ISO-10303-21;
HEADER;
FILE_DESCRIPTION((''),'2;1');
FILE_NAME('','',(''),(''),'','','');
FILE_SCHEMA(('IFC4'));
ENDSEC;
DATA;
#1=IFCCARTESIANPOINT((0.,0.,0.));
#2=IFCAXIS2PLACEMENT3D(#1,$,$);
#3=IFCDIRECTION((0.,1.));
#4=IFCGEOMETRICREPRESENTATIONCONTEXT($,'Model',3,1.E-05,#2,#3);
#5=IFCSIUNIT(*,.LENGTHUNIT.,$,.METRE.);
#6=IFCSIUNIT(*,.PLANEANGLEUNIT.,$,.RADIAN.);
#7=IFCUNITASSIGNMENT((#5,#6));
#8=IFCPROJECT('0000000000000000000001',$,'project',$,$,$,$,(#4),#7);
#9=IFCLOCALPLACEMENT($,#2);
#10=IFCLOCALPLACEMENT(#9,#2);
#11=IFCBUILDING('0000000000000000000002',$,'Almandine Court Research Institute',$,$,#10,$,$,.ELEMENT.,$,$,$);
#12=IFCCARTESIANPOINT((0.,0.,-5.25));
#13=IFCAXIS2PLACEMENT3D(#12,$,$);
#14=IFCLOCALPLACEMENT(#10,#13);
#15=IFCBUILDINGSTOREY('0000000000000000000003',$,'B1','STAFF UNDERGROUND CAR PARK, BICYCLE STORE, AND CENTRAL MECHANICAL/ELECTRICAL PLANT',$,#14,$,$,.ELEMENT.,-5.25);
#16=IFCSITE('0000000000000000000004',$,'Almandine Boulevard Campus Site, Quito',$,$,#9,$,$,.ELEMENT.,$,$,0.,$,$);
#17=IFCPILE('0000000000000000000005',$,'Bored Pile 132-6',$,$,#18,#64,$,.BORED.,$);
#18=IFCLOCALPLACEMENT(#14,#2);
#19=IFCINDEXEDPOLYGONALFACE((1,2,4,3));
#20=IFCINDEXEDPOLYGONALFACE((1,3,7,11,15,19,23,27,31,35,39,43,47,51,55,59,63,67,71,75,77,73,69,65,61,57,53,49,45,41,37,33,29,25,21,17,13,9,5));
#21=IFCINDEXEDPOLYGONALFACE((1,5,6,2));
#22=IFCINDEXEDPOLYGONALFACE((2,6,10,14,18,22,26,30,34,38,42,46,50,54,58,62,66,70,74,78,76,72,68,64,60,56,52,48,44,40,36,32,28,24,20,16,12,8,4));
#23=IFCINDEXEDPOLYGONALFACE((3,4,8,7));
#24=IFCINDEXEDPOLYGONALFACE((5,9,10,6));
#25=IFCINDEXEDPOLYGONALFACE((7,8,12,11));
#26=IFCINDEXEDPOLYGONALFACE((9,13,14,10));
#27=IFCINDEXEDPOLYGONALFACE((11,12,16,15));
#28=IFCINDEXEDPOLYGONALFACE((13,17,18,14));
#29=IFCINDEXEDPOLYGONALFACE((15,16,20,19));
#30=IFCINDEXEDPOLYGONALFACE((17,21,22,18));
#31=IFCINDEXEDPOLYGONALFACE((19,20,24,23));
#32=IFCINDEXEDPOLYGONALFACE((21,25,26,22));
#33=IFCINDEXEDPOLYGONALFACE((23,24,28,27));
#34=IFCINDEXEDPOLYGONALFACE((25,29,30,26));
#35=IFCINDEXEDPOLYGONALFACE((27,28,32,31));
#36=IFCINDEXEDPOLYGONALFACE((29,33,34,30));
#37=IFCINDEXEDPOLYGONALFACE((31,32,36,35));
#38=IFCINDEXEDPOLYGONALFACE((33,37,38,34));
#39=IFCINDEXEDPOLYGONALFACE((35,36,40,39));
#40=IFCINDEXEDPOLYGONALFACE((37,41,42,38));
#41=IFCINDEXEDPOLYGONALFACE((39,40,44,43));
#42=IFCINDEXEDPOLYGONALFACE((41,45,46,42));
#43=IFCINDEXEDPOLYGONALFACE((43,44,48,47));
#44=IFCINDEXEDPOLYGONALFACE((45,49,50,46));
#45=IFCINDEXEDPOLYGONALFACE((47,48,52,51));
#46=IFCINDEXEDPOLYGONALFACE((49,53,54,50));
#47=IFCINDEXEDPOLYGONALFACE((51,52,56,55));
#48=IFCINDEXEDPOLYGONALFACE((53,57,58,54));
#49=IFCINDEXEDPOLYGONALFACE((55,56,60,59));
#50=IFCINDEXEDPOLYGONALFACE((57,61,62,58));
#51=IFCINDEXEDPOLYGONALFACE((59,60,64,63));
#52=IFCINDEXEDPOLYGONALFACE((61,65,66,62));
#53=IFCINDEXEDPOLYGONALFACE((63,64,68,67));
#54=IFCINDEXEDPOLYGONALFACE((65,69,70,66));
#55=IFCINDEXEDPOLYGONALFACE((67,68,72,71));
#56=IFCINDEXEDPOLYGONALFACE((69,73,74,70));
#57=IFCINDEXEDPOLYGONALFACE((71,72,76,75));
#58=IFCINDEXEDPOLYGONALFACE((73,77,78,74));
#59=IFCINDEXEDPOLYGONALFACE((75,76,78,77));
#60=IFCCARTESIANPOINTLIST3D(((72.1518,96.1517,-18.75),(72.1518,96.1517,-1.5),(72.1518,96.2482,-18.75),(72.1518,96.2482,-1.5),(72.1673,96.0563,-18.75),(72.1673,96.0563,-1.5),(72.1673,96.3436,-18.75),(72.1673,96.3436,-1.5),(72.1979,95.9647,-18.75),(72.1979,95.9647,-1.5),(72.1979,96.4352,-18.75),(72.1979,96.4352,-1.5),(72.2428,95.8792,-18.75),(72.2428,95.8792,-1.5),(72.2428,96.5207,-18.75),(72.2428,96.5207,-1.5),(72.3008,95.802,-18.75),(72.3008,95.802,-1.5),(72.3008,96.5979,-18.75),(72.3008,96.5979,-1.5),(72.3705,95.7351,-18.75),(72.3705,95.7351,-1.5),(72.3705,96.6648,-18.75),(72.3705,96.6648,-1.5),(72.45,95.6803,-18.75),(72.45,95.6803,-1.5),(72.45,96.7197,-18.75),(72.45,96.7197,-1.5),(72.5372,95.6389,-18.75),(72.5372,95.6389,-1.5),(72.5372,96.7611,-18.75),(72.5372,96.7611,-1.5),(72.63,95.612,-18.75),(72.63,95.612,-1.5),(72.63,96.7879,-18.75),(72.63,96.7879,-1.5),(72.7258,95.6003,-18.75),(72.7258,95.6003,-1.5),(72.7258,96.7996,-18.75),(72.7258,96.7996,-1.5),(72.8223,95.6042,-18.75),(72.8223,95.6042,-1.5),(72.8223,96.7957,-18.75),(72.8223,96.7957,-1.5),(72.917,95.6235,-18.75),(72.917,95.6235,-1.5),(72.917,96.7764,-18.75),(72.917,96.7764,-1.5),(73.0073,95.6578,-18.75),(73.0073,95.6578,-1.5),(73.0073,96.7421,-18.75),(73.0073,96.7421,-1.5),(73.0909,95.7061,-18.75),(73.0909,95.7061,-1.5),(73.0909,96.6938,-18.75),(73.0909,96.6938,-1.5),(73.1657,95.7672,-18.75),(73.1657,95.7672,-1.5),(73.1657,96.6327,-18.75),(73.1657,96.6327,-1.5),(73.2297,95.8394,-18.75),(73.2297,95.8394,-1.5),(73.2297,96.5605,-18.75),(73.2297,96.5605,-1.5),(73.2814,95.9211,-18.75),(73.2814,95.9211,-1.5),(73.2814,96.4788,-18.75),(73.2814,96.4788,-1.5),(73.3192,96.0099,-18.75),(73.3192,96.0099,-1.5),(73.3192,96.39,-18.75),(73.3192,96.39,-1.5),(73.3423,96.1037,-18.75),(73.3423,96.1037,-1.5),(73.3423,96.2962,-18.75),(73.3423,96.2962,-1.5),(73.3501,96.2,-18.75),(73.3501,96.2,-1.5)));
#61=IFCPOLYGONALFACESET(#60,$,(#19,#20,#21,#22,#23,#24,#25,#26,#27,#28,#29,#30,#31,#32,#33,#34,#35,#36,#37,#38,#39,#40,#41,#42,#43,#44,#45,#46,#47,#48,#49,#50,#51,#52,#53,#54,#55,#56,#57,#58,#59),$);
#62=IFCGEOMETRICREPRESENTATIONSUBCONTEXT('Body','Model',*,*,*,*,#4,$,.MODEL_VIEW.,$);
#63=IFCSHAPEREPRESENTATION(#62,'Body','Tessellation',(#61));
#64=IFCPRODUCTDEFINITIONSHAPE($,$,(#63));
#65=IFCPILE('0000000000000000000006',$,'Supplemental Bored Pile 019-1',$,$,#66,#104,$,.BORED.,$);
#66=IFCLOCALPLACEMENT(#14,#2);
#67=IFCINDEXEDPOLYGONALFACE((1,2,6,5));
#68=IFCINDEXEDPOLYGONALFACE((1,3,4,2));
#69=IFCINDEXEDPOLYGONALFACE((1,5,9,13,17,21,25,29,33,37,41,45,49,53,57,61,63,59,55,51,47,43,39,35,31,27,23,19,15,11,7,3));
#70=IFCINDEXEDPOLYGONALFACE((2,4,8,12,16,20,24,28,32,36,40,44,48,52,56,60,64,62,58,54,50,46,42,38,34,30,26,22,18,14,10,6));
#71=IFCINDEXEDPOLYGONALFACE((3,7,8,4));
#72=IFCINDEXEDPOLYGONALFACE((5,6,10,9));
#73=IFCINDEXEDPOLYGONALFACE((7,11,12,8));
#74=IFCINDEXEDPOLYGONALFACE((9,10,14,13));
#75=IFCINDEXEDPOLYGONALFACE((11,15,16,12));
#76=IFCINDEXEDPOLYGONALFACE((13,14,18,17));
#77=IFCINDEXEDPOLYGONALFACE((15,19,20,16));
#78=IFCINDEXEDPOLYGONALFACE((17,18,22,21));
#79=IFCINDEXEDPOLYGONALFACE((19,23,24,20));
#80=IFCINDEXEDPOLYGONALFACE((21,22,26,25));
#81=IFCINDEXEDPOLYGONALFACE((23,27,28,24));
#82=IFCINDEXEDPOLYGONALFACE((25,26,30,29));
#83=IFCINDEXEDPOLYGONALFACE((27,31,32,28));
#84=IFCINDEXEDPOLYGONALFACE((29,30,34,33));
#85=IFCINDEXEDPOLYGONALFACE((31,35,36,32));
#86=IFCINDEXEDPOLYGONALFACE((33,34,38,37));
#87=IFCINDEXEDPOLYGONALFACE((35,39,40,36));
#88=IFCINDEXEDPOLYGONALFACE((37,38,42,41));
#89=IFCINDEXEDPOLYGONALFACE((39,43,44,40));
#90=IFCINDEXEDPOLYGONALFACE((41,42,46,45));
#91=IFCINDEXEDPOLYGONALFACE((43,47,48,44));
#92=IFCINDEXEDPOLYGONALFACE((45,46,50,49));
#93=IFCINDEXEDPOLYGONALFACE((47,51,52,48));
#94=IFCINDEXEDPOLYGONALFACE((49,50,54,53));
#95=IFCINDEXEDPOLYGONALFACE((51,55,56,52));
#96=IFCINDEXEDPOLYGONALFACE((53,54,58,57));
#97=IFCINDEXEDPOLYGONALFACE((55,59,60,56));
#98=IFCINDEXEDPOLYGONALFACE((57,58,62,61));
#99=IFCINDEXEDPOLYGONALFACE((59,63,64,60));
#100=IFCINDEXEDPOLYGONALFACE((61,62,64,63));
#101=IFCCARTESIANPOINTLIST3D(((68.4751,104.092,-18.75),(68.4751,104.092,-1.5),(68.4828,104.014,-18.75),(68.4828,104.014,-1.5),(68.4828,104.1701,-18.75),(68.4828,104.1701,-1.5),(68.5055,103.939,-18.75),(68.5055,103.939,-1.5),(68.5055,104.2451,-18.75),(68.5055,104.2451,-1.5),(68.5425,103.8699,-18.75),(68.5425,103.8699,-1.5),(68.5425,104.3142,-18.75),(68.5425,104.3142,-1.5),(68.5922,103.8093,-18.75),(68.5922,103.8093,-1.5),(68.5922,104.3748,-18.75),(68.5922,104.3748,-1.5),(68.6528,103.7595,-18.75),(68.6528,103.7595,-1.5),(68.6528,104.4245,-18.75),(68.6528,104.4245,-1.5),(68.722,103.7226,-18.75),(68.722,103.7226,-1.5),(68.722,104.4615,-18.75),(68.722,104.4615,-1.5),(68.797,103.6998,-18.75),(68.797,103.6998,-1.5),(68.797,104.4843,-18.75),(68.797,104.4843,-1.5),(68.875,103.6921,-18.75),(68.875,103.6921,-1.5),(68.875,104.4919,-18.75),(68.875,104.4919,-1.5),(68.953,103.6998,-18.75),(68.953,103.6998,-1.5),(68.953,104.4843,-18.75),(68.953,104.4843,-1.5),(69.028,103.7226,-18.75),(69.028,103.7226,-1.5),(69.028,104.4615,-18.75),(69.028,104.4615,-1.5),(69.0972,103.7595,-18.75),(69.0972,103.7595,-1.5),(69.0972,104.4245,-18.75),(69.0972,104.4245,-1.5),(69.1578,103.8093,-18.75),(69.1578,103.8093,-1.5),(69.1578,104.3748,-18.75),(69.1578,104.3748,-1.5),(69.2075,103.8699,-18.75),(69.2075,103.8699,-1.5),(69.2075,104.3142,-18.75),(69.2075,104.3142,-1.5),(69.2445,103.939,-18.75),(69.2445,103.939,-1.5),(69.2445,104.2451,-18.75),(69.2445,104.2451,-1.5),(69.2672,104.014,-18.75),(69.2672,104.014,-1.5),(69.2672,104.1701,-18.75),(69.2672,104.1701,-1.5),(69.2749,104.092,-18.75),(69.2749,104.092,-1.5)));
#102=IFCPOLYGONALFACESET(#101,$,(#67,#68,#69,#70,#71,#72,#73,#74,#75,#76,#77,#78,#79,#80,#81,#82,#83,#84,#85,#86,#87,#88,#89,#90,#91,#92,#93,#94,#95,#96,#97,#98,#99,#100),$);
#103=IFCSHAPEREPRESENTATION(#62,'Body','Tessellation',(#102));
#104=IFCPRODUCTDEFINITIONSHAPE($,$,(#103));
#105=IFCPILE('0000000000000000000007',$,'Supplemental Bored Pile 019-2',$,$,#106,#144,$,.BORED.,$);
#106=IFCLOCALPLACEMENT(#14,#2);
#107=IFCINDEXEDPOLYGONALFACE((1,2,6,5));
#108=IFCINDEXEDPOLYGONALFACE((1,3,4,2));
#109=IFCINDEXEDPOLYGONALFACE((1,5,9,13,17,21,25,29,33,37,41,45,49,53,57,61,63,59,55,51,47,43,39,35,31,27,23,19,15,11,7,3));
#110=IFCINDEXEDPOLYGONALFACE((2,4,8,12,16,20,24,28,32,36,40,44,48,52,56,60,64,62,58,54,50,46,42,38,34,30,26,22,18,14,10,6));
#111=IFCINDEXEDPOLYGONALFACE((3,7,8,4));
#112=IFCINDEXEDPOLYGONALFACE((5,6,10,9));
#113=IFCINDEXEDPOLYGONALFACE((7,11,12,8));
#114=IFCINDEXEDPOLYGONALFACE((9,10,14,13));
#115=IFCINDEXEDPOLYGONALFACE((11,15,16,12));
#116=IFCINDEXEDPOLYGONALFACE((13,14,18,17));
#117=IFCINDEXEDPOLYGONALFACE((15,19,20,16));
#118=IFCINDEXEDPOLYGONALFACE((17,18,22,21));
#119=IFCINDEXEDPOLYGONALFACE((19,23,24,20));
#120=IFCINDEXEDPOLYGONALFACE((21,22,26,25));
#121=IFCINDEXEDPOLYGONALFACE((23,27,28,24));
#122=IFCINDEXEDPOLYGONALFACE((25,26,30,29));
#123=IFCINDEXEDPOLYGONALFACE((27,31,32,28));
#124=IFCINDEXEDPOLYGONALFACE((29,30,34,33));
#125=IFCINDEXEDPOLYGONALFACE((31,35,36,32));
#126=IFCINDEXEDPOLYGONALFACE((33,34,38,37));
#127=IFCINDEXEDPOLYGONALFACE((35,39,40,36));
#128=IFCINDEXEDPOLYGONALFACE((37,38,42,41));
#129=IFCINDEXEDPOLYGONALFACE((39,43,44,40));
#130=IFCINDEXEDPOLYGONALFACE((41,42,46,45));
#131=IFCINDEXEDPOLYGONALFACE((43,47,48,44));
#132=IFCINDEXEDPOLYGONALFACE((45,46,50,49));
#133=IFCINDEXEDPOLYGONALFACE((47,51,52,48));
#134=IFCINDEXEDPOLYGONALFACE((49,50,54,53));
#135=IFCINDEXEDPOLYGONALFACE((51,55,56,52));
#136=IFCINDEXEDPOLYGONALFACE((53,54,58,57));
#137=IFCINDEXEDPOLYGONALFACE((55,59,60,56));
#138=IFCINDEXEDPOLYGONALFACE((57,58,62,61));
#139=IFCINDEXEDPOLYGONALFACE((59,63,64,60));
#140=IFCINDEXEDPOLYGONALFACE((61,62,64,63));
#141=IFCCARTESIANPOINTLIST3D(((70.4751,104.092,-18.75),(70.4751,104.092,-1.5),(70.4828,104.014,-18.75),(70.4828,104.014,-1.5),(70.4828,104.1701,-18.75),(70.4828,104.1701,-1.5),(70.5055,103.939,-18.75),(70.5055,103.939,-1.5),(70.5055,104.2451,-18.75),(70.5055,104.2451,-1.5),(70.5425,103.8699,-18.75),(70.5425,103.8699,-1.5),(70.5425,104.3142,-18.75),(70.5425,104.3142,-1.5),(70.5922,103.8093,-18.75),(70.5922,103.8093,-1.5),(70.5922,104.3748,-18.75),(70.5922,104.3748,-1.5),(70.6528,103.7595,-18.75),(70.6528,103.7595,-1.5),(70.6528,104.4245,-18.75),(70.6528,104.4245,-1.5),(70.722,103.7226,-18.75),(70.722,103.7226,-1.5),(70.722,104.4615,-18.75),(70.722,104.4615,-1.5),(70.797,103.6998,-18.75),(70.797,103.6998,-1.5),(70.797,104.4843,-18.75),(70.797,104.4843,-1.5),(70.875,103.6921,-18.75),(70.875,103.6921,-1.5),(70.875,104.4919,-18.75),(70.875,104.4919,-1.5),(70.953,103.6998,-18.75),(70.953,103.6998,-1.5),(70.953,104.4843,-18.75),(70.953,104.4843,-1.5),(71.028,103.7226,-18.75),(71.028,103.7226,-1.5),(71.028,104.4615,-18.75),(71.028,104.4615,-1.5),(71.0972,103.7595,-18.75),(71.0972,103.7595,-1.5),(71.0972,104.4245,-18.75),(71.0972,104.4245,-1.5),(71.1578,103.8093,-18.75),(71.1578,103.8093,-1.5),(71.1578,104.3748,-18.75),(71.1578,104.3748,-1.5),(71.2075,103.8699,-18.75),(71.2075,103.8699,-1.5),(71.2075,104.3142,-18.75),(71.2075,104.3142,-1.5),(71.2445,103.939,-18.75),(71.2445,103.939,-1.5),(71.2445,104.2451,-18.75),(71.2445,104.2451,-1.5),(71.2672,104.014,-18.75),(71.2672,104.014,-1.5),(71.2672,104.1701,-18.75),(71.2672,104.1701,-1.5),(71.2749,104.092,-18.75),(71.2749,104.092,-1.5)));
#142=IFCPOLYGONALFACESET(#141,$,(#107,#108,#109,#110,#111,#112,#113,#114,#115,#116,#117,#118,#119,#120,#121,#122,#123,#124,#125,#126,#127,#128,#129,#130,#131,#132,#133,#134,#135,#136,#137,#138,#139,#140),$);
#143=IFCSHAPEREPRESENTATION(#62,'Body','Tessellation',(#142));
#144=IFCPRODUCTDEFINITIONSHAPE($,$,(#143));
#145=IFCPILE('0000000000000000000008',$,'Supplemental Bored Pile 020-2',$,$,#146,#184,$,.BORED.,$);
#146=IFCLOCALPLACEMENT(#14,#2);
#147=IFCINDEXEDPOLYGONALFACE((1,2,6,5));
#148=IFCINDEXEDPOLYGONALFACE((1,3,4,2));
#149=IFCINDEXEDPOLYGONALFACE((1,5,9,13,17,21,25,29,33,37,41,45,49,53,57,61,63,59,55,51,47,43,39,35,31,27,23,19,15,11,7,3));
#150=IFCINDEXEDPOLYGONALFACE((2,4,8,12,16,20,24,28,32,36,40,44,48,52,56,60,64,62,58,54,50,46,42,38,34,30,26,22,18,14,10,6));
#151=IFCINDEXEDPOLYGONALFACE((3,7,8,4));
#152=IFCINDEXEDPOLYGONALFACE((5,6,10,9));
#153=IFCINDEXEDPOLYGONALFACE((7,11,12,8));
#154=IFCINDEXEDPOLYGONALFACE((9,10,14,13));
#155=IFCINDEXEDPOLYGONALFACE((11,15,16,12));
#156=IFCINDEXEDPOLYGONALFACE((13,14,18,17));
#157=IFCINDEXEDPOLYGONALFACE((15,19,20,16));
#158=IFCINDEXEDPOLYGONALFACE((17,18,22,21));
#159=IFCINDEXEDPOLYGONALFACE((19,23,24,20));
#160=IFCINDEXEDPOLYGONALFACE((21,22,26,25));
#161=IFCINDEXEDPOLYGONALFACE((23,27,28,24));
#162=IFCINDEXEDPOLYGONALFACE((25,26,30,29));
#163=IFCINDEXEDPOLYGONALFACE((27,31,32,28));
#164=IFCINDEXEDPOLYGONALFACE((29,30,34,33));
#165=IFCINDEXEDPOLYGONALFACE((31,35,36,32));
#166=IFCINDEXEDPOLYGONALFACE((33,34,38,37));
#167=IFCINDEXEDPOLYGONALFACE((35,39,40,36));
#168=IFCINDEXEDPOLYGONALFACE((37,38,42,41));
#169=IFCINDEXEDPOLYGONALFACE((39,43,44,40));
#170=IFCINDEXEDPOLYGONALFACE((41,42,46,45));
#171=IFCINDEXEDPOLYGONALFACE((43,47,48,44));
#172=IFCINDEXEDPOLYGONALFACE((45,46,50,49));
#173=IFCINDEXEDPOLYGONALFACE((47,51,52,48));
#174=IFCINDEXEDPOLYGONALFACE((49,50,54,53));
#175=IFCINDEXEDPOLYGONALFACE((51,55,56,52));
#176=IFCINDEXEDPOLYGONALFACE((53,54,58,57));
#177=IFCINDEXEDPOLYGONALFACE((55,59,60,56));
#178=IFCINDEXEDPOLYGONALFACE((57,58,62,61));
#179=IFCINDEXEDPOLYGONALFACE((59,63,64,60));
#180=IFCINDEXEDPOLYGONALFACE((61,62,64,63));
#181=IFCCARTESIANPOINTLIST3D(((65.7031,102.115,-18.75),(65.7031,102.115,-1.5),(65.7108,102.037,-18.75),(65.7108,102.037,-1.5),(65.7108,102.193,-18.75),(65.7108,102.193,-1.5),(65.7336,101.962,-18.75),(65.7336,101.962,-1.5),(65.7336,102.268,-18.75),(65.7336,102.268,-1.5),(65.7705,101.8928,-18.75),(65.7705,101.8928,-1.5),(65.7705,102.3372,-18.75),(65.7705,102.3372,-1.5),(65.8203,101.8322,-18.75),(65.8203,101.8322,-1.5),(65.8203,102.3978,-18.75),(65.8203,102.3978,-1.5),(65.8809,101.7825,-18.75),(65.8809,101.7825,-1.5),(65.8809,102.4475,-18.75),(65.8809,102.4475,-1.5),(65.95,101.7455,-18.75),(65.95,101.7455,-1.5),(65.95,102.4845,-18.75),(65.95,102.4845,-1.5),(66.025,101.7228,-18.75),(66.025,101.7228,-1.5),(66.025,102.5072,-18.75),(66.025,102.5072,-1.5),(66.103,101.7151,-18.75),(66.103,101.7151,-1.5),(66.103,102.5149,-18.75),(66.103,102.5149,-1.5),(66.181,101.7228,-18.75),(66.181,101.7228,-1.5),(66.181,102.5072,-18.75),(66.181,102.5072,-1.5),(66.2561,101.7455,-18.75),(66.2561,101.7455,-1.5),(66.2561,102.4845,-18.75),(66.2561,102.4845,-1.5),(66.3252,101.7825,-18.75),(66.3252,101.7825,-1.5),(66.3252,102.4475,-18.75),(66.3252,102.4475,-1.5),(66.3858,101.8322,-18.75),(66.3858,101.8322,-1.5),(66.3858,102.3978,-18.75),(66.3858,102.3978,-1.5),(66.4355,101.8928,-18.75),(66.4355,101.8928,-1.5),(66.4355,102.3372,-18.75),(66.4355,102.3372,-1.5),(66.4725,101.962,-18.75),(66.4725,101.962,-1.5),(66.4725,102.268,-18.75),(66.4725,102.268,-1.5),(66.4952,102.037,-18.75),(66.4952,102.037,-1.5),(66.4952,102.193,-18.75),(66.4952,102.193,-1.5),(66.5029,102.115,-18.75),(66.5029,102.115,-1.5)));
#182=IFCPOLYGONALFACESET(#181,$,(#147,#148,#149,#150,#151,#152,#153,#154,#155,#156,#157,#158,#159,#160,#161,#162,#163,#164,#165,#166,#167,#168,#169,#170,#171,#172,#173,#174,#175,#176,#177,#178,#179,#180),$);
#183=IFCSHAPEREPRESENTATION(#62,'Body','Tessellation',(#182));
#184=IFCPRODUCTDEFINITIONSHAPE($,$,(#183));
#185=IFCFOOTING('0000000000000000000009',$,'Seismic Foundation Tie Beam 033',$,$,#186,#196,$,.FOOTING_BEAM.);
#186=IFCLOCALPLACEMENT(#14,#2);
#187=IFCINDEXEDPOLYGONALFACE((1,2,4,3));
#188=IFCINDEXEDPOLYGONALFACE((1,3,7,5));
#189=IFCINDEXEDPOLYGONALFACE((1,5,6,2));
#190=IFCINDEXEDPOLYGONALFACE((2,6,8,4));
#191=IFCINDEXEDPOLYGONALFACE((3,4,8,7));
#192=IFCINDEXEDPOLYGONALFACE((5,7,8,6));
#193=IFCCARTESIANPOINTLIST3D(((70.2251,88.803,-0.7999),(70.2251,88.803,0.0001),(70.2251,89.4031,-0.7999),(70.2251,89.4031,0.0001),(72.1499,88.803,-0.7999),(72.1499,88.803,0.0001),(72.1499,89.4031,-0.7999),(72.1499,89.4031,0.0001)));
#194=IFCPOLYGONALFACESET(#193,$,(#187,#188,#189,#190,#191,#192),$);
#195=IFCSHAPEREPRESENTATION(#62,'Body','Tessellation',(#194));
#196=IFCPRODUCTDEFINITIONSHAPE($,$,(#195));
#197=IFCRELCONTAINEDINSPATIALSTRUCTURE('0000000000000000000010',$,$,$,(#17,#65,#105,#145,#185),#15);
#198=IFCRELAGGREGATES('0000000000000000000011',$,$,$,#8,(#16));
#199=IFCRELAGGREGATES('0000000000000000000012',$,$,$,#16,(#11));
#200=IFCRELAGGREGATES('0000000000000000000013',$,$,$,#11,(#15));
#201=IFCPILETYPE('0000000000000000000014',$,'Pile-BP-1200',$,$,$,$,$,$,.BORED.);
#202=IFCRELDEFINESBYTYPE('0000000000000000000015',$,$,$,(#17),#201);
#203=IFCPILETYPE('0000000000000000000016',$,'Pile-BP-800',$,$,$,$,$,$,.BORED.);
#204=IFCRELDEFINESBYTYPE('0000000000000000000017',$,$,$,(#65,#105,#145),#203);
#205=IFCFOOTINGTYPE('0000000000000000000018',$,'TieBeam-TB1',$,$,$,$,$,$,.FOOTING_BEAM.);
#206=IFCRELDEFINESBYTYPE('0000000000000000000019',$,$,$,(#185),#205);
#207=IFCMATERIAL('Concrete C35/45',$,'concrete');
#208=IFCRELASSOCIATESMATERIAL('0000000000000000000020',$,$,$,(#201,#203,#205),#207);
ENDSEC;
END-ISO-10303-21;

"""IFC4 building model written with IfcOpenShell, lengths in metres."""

from ifc_helpers import new_model, si_unit, direction, frame, origin, origin_2d, place, context, subcontext, project, spatial, rectangle, circle, extrude, material, material_profile, profile_set, type_object, element, save


model = new_model("IFC4")

# Units and contexts
model_context = context("Model", 3, precision=1e-05, world=origin(), true_north=direction((0.0, 1.0)))
body_context = subcontext(model_context, "Body", "Model", "MODEL_VIEW")
ifc_project = project(units=[si_unit("LENGTHUNIT", "METRE"), si_unit("PLANEANGLEUNIT", "RADIAN")], contexts=[model_context])

# Site, building, storey
site_placement = place(None, origin())
site = spatial("IfcSite", under=ifc_project, at=site_placement, Name="Almandine Boulevard Campus Site, Quito", CompositionType="ELEMENT", RefElevation=0.0)
building_placement = place(site_placement, origin())
building = spatial("IfcBuilding", under=site, at=building_placement, Name="Almandine Court Research Institute", CompositionType="ELEMENT")
storey_placement = place(building_placement, frame((0.0, 0.0, -5.25)))
storey = spatial("IfcBuildingStorey", under=building, at=storey_placement, Name="B1", Description="STAFF UNDERGROUND CAR PARK, BICYCLE STORE, AND CENTRAL MECHANICAL/ELECTRICAL PLANT", CompositionType="ELEMENT", Elevation=-5.25)

# Shared definitions
ifc_material_1 = material(Name="Concrete C35/45", Category="concrete")

# Piles
ifc_material_profile_1 = material_profile(ifc_material_1, circle(Radius=0.6001, at=origin_2d()), Name="BORED PILE D1200")
ifc_profile_set_1 = profile_set([ifc_material_profile_1], Name="Concrete C35/45")
pile_type_1 = type_object("IfcPileType", Name="Pile-BP-1200", PredefinedType="BORED", material=ifc_profile_set_1)
for number, where, z_axis, x_axis, name in (
    (1, (72.75, 96.2, -1.5), (0.0, 0.0, -1.0), (1.0, 0.0, 0.0), "Bored Pile 132-6"),
):
    element("IfcPile", number, at=place(storey_placement, frame(where, z_axis=z_axis, x_axis=x_axis)), inside=storey, type_object=pile_type_1, Name=name, PredefinedType="BORED", context=body_context, shape_type="SweptSolid", body=[
        extrude(circle(Radius=0.6001, at=origin_2d()), origin(), (0.0, 0.0, 1.0), 17.25),
    ])
ifc_material_profile_2 = material_profile(ifc_material_1, circle(Radius=0.3999, at=origin_2d()), Name="BORED PILE D800")
ifc_profile_set_2 = profile_set([ifc_material_profile_2], Name="Concrete C35/45")
pile_type_2 = type_object("IfcPileType", Name="Pile-BP-800", PredefinedType="BORED", material=ifc_profile_set_2)
for number, where, z_axis, x_axis, name in (
    (2, (68.875, 104.092, -1.5), (0.0, 0.0, -1.0), (1.0, 0.0, 0.0), "Supplemental Bored Pile 019-1"),
    (3, (70.875, 104.092, -1.5), (0.0, 0.0, -1.0), (1.0, 0.0, 0.0), "Supplemental Bored Pile 019-2"),
    (4, (66.103, 102.115, -1.5), (0.0, 0.0, -1.0), (1.0, 0.0, 0.0), "Supplemental Bored Pile 020-2"),
):
    element("IfcPile", number, at=place(storey_placement, frame(where, z_axis=z_axis, x_axis=x_axis)), inside=storey, type_object=pile_type_2, Name=name, PredefinedType="BORED", context=body_context, shape_type="SweptSolid", body=[
        extrude(circle(Radius=0.3999, at=origin_2d()), origin(), (0.0, 0.0, 1.0), 17.25),
    ])

# Footing
ifc_material_profile_3 = material_profile(ifc_material_1, rectangle(XDim=0.6001, YDim=0.8, at=origin_2d()), Name="RC TIE 600x800")
ifc_profile_set_3 = profile_set([ifc_material_profile_3], Name="Concrete C35/45")
footing_type_1 = type_object("IfcFootingType", Name="TieBeam-TB1", PredefinedType="FOOTING_BEAM", material=ifc_profile_set_3)
footing_1_placement = place(storey_placement, frame((70.2251, 89.103, -0.3999), z_axis=(1.0, 0.0, 0.0), x_axis=(0.0, 1.0, 0.0)))
element("IfcFooting", 5, at=footing_1_placement, inside=storey, type_object=footing_type_1, Name="Seismic Foundation Tie Beam 033", PredefinedType="FOOTING_BEAM", context=body_context, shape_type="SweptSolid", body=[
    extrude(rectangle(XDim=0.6001, YDim=0.8, at=origin_2d()), origin(), (0.0, 0.0, 1.0), 1.9248),
])

save(model, "model.ifc")
